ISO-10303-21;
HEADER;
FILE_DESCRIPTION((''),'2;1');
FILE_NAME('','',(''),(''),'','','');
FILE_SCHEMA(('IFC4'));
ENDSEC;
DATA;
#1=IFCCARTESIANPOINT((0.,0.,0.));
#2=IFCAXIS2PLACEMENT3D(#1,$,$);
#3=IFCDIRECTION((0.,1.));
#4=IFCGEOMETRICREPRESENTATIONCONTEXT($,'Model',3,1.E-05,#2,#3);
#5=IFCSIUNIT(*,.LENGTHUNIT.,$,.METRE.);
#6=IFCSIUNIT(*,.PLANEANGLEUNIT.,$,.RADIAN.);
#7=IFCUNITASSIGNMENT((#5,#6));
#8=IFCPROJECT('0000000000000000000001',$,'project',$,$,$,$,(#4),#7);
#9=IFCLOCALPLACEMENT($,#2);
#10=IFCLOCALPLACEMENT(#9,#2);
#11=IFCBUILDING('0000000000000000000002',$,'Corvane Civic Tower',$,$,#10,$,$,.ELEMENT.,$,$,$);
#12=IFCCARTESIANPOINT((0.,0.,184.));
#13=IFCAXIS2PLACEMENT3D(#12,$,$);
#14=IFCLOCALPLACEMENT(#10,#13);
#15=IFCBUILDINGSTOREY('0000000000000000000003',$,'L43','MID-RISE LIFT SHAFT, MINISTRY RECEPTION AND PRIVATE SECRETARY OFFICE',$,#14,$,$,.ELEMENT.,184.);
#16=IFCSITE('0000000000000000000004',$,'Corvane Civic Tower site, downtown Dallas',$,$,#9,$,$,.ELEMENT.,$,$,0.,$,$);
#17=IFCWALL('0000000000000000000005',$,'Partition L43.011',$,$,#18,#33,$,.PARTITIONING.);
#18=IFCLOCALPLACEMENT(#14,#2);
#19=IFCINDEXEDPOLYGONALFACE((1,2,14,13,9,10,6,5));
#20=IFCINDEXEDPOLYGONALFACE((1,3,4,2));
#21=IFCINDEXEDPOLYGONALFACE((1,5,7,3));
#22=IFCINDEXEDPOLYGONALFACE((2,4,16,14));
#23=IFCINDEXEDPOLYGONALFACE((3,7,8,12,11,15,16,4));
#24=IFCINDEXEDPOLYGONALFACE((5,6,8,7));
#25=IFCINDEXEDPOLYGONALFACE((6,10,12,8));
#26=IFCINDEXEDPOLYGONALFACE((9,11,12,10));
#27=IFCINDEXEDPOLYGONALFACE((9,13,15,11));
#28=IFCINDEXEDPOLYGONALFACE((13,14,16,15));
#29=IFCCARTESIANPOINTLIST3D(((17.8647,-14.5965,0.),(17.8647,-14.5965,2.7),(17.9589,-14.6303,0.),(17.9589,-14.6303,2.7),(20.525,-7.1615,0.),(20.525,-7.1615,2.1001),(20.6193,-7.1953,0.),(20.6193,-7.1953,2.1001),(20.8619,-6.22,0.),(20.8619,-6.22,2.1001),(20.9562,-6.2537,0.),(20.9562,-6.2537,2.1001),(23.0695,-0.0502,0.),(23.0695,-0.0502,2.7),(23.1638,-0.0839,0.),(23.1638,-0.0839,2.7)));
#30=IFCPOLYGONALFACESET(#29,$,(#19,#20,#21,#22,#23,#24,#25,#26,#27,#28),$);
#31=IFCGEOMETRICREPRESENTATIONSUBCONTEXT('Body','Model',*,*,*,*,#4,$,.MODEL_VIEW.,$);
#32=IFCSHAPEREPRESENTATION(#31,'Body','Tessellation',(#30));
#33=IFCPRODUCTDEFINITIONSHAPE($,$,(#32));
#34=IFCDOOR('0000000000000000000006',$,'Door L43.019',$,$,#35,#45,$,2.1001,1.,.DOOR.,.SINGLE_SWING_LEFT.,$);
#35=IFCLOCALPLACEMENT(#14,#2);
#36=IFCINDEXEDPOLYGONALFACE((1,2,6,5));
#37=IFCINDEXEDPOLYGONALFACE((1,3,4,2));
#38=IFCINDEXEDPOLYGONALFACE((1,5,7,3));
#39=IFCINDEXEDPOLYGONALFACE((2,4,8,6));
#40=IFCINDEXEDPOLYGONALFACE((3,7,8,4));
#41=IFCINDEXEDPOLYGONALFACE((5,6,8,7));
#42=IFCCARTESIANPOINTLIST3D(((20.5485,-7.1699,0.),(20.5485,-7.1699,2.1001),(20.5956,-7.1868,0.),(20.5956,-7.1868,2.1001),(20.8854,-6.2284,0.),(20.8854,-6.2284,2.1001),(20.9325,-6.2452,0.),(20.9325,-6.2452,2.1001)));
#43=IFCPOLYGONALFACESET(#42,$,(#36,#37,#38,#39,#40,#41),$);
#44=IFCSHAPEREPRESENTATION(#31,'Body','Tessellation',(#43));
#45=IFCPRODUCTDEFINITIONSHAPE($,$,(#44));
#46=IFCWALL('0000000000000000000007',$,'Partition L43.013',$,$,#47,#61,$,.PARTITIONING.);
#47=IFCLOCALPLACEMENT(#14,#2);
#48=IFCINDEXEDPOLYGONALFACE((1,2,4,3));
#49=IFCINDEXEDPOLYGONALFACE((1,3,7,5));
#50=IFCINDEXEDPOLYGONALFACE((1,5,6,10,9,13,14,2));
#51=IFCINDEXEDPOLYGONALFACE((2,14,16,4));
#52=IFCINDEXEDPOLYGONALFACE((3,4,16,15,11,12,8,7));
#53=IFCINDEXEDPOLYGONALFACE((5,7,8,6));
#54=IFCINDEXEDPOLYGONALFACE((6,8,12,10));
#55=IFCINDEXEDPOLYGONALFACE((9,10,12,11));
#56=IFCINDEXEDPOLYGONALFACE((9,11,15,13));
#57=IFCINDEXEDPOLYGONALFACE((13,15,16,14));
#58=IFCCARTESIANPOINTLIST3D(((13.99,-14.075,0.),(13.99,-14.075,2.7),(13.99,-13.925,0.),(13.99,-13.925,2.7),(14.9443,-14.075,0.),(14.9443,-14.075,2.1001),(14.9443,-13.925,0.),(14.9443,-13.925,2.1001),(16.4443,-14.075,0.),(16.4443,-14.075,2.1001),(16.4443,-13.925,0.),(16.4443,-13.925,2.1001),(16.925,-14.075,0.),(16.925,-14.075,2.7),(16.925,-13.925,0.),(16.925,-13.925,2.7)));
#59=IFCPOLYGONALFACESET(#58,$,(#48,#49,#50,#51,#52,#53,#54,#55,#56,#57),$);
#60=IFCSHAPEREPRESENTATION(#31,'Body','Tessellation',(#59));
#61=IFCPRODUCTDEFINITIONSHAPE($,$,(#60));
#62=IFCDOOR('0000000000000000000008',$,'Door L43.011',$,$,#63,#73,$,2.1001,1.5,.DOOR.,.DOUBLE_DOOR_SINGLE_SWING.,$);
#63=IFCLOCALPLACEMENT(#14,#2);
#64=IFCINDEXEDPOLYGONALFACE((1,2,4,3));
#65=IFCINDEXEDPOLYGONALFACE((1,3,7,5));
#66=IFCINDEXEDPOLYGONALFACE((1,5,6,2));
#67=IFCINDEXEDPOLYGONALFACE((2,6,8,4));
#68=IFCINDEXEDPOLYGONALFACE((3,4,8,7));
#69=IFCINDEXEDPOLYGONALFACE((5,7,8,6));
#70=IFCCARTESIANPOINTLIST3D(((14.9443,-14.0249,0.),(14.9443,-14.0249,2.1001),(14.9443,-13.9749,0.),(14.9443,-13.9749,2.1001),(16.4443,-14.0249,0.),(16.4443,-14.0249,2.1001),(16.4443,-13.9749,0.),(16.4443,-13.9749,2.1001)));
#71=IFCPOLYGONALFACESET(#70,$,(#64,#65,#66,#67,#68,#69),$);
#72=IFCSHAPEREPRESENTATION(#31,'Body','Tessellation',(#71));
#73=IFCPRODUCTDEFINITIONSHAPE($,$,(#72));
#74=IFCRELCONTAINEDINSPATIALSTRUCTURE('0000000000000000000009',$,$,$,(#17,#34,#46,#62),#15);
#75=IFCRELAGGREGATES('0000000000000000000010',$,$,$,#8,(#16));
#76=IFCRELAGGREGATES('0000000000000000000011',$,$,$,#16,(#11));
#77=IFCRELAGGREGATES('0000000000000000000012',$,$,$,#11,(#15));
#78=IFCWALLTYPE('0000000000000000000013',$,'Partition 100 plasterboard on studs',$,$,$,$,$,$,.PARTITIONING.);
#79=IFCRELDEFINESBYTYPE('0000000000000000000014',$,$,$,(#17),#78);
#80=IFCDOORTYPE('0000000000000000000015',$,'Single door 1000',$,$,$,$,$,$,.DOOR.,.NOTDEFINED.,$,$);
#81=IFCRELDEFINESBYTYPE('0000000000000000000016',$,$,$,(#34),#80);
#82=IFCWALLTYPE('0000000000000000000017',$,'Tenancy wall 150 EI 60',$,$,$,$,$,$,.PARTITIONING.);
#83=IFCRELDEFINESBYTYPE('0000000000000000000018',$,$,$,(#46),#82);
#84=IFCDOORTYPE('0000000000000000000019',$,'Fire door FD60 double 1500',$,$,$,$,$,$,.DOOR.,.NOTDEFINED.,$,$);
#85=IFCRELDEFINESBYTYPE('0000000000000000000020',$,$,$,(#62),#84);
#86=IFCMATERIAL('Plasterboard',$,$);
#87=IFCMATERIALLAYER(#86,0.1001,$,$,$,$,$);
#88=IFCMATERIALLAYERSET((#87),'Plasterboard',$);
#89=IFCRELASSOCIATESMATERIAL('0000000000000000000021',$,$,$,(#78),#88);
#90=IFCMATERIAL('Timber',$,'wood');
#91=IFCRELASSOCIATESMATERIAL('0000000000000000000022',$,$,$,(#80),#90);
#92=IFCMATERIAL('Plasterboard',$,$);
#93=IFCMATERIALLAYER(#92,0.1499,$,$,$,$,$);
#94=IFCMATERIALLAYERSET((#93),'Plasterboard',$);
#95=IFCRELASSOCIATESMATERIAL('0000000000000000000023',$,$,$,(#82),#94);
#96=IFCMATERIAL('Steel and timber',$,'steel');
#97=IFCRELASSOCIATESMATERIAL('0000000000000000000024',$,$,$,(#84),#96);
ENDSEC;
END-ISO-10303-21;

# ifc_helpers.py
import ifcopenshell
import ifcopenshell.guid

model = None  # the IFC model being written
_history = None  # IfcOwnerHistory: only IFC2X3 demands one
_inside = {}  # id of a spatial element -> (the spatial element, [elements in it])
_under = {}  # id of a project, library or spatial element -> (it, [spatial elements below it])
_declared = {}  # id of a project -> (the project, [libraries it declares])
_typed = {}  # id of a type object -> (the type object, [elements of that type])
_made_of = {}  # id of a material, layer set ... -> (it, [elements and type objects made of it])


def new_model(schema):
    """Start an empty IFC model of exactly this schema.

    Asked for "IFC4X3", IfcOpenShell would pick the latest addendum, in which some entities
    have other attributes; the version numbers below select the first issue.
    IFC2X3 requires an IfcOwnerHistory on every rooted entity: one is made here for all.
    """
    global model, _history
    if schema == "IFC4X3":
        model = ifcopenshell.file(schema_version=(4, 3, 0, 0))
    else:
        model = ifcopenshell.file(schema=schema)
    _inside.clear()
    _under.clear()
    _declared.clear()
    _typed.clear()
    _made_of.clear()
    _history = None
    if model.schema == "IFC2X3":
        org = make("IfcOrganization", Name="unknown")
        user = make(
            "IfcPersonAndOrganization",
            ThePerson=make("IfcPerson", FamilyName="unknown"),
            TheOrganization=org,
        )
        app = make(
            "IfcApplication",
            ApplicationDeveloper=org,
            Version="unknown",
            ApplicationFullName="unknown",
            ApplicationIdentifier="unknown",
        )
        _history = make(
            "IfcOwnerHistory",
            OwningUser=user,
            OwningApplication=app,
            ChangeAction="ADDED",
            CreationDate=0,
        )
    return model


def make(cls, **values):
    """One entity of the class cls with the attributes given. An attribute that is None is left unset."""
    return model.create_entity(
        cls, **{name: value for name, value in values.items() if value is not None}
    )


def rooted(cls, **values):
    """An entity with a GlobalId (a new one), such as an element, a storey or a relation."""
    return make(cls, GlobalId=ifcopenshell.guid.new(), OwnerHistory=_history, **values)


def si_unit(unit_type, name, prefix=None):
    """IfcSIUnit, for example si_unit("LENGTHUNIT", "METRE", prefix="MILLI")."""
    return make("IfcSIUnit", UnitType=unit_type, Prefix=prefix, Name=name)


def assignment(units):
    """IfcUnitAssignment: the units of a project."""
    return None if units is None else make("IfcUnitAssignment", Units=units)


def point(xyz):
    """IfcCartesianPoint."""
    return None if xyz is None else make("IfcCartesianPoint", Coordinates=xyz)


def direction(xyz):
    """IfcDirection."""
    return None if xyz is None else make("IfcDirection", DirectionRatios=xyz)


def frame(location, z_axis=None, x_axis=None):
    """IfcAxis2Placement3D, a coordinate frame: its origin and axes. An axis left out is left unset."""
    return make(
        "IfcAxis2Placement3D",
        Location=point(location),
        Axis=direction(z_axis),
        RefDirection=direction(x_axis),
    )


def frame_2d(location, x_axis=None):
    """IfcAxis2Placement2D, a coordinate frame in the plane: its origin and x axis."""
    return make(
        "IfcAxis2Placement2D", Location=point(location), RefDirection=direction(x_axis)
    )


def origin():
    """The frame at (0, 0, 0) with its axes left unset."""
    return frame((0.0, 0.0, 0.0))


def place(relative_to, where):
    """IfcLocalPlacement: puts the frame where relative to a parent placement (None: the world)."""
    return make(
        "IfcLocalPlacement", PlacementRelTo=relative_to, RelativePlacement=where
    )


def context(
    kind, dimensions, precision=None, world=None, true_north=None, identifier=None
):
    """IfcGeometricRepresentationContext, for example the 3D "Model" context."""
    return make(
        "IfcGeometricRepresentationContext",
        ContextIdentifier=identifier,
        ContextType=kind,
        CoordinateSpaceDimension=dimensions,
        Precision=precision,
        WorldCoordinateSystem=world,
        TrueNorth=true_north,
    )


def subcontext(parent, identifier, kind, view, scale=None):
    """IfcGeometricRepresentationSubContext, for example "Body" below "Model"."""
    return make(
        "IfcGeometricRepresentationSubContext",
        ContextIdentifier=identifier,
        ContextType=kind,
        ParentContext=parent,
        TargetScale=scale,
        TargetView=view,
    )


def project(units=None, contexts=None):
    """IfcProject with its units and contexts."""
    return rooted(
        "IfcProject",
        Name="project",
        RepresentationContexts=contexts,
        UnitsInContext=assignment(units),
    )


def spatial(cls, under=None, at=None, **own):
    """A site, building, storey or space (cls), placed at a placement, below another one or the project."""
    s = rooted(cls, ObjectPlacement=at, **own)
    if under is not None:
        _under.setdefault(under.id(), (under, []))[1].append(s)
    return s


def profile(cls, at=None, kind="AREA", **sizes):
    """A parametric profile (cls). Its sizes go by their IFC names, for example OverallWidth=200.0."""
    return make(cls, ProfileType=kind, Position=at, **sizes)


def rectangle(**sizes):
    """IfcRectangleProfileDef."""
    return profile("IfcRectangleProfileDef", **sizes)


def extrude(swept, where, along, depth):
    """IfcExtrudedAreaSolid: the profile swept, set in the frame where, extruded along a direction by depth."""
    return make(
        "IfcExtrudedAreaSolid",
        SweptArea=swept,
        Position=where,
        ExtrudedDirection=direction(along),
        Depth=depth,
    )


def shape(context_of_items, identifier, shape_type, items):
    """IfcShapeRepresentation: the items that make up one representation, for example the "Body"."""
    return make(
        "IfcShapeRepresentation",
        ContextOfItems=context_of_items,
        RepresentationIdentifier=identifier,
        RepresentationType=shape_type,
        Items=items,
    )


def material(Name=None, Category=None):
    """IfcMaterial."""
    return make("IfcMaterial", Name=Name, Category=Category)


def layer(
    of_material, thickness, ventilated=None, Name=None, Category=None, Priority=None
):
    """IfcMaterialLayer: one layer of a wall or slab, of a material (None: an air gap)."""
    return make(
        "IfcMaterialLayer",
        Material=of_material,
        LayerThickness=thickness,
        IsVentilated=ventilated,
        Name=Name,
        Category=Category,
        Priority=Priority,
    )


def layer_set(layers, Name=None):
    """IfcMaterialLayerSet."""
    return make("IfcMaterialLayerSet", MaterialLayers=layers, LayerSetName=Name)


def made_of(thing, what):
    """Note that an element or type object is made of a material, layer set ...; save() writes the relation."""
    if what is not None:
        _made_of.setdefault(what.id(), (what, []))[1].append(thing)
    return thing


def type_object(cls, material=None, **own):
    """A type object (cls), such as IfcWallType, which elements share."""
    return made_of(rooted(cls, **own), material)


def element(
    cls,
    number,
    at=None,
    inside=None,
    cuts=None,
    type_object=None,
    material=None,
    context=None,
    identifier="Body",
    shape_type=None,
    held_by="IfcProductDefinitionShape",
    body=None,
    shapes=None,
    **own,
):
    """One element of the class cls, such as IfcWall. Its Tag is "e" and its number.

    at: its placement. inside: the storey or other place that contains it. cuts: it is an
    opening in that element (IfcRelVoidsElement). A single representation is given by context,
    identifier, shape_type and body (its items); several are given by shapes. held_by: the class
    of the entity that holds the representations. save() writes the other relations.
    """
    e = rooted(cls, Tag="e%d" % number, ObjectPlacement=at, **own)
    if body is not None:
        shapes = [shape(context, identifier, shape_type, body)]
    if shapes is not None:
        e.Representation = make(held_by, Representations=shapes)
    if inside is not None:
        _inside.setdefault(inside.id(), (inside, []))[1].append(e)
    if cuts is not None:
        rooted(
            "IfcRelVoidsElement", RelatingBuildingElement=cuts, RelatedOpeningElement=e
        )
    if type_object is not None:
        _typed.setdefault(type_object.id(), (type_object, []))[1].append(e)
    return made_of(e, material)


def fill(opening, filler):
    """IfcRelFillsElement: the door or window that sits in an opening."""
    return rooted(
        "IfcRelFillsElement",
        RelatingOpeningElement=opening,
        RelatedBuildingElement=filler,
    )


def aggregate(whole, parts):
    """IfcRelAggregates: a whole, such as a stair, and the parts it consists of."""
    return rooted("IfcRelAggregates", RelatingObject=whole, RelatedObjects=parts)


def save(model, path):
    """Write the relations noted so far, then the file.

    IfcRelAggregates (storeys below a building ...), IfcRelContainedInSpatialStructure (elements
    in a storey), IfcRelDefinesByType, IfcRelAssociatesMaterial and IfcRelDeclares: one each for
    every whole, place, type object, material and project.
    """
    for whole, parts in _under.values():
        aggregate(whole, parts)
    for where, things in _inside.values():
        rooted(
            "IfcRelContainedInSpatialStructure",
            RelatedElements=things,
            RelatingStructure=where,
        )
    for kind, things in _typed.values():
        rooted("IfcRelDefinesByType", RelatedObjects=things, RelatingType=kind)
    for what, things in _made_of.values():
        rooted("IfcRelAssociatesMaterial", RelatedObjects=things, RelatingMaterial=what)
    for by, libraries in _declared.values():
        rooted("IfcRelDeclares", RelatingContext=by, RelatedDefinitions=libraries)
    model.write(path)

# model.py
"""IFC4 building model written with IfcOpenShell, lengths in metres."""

from ifc_helpers import new_model, si_unit, direction, frame, frame_2d, origin, place, context, subcontext, project, spatial, rectangle, extrude, material, layer, layer_set, type_object, element, fill, save


model = new_model("IFC4")

# Units and contexts
model_context = context("Model", 3, precision=1e-05, world=origin(), true_north=direction((0.0, 1.0)))
body_context = subcontext(model_context, "Body", "Model", "MODEL_VIEW")
ifc_project = project(units=[si_unit("LENGTHUNIT", "METRE"), si_unit("PLANEANGLEUNIT", "RADIAN")], contexts=[model_context])

# Site, building, storey
site_placement = place(None, origin())
site = spatial("IfcSite", under=ifc_project, at=site_placement, Name="Corvane Civic Tower site, downtown Dallas", CompositionType="ELEMENT", RefElevation=0.0)
building_placement = place(site_placement, origin())
building = spatial("IfcBuilding", under=site, at=building_placement, Name="Corvane Civic Tower", CompositionType="ELEMENT")
storey_placement = place(building_placement, frame((0.0, 0.0, 184.0)))
storey = spatial("IfcBuildingStorey", under=building, at=storey_placement, Name="L43", Description="MID-RISE LIFT SHAFT, MINISTRY RECEPTION AND PRIVATE SECRETARY OFFICE", CompositionType="ELEMENT", Elevation=184.0)

# Walls, openings, doors
ifc_material_1 = material(Name="Plasterboard")
ifc_layer_1 = layer(ifc_material_1, 0.1001)
ifc_layer_set_1 = layer_set([ifc_layer_1], Name="Plasterboard")
wall_type_1 = type_object("IfcWallType", Name="Partition 100 plasterboard on studs", PredefinedType="PARTITIONING", material=ifc_layer_set_1)
wall_1_placement = place(storey_placement, frame((17.9119, -14.6133, 0.0), z_axis=(0.0, 0.0, 1.0), x_axis=(0.336893, 0.941543, 0.0)))
wall_1 = element("IfcWall", 1, at=wall_1_placement, inside=storey, type_object=wall_type_1, Name="Partition L43.011", PredefinedType="PARTITIONING", context=body_context, shape_type="SweptSolid", body=[
    extrude(rectangle(XDim=15.4495, YDim=0.1001, at=frame_2d((7.7246, 0.0))), origin(), (0.0, 0.0, 1.0), 2.7),
])
opening_1_placement = place(wall_1_placement, frame((7.8965, 0.0, 0.0)))
opening_1 = element("IfcOpeningElement", 2, at=opening_1_placement, cuts=wall_1, PredefinedType="OPENING", context=body_context, shape_type="SweptSolid", body=[
    extrude(rectangle(XDim=1.0, YDim=2.1001, at=frame_2d((0.5, 1.05))), frame((0.0, 0.0601, 0.0), z_axis=(0.0, -1.0, 0.0), x_axis=(1.0, 0.0, 0.0)), (0.0, 0.0, 1.0), 0.1201),
])
ifc_material_2 = material(Name="Timber", Category="wood")
door_type_1 = type_object("IfcDoorType", Name="Single door 1000", OperationType="NOTDEFINED", PredefinedType="DOOR", material=ifc_material_2)
door_1_placement = place(opening_1_placement, frame((1.0, 0.0, 0.0), z_axis=(0.0, 0.0, 1.0), x_axis=(-1.0, 0.0, 0.0)))
door_1 = element("IfcDoor", 3, at=door_1_placement, inside=storey, type_object=door_type_1, Name="Door L43.019", OperationType="SINGLE_SWING_LEFT", OverallHeight=2.1001, OverallWidth=1.0, PredefinedType="DOOR", context=body_context, shape_type="SweptSolid", body=[
    extrude(rectangle(XDim=1.0, YDim=2.1001, at=frame_2d((0.5, 1.05))), frame((0.0, 0.0249, 0.0), z_axis=(0.0, -1.0, 0.0), x_axis=(1.0, 0.0, 0.0)), (0.0, 0.0, 1.0), 0.05),
])
fill(opening_1, door_1)
ifc_material_3 = material(Name="Plasterboard")
ifc_layer_2 = layer(ifc_material_3, 0.1499)
ifc_layer_set_2 = layer_set([ifc_layer_2], Name="Plasterboard")
wall_type_2 = type_object("IfcWallType", Name="Tenancy wall 150 EI 60", PredefinedType="PARTITIONING", material=ifc_layer_set_2)
wall_2_placement = place(storey_placement, frame((13.99, -14.0, 0.0), z_axis=(0.0, 0.0, 1.0), x_axis=(1.0, 0.0, 0.0)))
wall_2 = element("IfcWall", 4, at=wall_2_placement, inside=storey, type_object=wall_type_2, Name="Partition L43.013", PredefinedType="PARTITIONING", context=body_context, shape_type="SweptSolid", body=[
    extrude(rectangle(XDim=2.9351, YDim=0.1499, at=frame_2d((1.4675, 0.0))), origin(), (0.0, 0.0, 1.0), 2.7),
])
opening_2_placement = place(wall_2_placement, frame((0.9543, 0.0, 0.0)))
opening_2 = element("IfcOpeningElement", 5, at=opening_2_placement, cuts=wall_2, PredefinedType="OPENING", context=body_context, shape_type="SweptSolid", body=[
    extrude(rectangle(XDim=1.5, YDim=2.1001, at=frame_2d((0.75, 1.05))), frame((0.0, 0.085, 0.0), z_axis=(0.0, -1.0, 0.0), x_axis=(1.0, 0.0, 0.0)), (0.0, 0.0, 1.0), 0.1699),
])
ifc_material_4 = material(Name="Steel and timber", Category="steel")
door_type_2 = type_object("IfcDoorType", Name="Fire door FD60 double 1500", OperationType="NOTDEFINED", PredefinedType="DOOR", material=ifc_material_4)
door_2_placement = place(opening_2_placement, frame((1.5, 0.0, 0.0), z_axis=(0.0, 0.0, 1.0), x_axis=(-1.0, 0.0, 0.0)))
door_2 = element("IfcDoor", 6, at=door_2_placement, inside=storey, type_object=door_type_2, Name="Door L43.011", OperationType="DOUBLE_DOOR_SINGLE_SWING", OverallHeight=2.1001, OverallWidth=1.5, PredefinedType="DOOR", context=body_context, shape_type="SweptSolid", body=[
    extrude(rectangle(XDim=1.5, YDim=2.1001, at=frame_2d((0.75, 1.05))), frame((0.0, 0.0249, 0.0), z_axis=(0.0, -1.0, 0.0), x_axis=(1.0, 0.0, 0.0)), (0.0, 0.0, 1.0), 0.05),
])
fill(opening_2, door_2)

save(model, "model.ifc")
